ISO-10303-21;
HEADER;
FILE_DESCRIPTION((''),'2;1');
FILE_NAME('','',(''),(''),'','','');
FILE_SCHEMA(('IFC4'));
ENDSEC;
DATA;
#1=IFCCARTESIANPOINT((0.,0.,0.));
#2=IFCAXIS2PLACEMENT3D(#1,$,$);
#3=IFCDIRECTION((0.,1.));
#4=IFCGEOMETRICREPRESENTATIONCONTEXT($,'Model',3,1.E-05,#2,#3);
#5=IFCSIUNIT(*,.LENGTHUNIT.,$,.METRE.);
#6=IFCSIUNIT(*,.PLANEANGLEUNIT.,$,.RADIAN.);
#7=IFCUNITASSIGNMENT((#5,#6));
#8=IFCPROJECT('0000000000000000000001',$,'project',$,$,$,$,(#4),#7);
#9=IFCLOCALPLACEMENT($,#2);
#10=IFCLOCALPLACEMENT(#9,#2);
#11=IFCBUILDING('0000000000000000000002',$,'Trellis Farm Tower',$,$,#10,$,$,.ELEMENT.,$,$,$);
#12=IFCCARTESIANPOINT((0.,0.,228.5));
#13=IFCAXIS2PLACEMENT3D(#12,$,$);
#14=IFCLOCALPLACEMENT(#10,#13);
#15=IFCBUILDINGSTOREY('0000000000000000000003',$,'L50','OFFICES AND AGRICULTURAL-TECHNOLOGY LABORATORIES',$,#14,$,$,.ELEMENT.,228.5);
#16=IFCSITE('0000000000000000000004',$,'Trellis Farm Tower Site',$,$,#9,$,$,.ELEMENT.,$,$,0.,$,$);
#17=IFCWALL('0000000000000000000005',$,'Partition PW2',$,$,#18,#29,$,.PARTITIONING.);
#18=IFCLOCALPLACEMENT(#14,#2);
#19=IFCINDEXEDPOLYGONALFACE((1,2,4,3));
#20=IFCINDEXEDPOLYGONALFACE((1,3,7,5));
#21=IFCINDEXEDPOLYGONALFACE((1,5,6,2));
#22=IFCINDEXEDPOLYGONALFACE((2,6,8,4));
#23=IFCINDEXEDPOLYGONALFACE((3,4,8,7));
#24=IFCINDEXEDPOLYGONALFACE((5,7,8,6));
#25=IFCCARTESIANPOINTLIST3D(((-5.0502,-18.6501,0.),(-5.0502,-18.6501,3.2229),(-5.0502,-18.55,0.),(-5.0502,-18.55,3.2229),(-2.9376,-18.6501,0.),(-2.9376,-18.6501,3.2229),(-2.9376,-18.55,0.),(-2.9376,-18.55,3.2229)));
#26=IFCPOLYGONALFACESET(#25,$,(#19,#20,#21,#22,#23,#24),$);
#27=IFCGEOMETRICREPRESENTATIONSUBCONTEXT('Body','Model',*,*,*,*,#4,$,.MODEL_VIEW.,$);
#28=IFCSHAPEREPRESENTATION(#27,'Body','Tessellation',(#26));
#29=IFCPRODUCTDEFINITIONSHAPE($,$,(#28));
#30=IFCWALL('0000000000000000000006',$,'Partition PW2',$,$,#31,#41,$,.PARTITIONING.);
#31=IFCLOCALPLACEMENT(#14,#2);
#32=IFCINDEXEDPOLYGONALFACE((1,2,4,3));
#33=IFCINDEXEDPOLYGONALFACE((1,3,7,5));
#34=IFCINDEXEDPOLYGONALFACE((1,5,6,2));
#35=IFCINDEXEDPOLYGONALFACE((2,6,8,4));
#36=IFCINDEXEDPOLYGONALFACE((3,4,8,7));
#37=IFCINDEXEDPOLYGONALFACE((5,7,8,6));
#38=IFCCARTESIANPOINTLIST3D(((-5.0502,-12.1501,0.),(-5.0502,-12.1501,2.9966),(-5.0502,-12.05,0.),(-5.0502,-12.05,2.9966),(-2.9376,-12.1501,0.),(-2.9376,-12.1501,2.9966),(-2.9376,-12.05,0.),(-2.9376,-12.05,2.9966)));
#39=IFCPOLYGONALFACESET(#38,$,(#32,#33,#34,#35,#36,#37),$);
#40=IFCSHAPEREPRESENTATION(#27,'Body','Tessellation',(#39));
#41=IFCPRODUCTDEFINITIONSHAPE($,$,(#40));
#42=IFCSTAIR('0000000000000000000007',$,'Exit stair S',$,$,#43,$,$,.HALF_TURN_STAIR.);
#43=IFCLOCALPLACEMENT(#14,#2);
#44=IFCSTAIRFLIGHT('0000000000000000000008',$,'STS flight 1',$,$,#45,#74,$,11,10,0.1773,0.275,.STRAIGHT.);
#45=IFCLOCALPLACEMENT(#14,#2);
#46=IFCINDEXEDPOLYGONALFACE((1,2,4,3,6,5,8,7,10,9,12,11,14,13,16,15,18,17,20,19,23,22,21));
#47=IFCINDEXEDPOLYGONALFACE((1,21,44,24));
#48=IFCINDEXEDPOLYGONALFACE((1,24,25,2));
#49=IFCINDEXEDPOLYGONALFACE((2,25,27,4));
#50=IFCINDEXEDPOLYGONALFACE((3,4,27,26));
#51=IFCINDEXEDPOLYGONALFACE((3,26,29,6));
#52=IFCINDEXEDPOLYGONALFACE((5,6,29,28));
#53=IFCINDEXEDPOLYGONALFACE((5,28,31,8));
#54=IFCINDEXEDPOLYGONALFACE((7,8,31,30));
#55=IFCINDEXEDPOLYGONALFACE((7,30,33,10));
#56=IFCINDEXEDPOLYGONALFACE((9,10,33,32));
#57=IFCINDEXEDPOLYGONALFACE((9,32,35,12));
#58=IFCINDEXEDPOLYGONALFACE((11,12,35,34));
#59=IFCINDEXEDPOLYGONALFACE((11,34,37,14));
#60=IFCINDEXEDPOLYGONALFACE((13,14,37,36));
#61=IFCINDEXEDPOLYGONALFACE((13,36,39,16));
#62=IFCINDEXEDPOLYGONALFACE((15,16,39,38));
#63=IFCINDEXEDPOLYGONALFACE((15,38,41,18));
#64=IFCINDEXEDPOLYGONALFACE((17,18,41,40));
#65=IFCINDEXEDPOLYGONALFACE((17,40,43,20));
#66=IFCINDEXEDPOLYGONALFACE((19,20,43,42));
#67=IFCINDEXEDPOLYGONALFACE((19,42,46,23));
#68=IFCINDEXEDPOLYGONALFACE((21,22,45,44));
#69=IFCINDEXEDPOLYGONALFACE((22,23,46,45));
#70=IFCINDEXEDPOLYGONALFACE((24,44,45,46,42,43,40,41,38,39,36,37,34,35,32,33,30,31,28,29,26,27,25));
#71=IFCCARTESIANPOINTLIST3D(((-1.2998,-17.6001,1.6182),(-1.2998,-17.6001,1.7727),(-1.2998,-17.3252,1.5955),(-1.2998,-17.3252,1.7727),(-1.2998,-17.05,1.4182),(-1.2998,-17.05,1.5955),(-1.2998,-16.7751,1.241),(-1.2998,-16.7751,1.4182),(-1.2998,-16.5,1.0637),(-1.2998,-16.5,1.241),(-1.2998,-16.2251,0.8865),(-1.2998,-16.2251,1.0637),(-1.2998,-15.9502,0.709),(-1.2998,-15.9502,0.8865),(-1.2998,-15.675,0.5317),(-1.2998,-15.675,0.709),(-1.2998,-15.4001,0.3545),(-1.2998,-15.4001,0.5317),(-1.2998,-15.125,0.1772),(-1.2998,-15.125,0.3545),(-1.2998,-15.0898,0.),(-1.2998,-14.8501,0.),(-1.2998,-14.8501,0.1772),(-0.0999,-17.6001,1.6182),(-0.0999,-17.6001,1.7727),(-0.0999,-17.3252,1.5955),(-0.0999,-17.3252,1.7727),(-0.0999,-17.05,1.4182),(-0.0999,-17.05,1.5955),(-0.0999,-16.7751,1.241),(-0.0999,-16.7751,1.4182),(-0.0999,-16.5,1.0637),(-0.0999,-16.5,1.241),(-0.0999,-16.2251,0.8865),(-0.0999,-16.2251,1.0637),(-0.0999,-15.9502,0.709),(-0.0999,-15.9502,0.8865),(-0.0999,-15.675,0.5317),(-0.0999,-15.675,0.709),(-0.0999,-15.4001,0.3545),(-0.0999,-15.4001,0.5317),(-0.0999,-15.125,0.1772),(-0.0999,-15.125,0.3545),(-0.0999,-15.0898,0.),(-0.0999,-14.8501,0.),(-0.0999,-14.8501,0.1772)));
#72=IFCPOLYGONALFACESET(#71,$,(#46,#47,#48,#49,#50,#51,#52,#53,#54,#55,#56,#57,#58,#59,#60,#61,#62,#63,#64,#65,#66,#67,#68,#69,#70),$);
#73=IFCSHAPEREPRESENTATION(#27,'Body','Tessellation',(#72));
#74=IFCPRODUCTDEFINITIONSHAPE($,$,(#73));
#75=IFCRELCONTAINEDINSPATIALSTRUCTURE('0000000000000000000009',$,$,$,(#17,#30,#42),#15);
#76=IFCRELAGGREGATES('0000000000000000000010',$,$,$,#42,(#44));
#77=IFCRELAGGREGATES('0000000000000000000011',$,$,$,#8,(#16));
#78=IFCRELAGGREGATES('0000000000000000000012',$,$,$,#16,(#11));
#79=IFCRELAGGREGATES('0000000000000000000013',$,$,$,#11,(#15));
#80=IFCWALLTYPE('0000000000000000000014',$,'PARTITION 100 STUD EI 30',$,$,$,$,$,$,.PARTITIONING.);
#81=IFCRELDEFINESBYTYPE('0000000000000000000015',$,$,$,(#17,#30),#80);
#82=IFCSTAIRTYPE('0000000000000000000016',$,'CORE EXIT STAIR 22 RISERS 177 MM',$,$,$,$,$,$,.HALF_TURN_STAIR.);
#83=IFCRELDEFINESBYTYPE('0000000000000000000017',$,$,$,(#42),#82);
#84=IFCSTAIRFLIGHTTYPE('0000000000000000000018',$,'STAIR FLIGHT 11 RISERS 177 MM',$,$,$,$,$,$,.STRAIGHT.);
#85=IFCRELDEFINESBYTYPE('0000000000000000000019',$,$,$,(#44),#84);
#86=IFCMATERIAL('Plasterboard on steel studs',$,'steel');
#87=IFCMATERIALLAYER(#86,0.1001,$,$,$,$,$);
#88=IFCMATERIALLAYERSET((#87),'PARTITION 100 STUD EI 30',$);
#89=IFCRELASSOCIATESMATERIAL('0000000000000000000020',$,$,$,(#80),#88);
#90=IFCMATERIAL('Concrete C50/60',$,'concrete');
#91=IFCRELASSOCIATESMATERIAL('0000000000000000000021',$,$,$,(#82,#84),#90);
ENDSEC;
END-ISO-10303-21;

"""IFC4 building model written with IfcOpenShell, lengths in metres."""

from ifc_helpers import new_model, si_unit, direction, frame, frame_2d, origin, place, context, subcontext, project, spatial, polyline, rectangle, outline, extrude, source, transform, mapped, material, layer, layer_set, type_object, element, aggregate, save


model = new_model("IFC4")

# Units and contexts
model_context = context("Model", 3, precision=1e-05, world=origin(), true_north=direction((0.0, 1.0)))
body_context = subcontext(model_context, "Body", "Model", "MODEL_VIEW")
ifc_project = project(units=[si_unit("LENGTHUNIT", "METRE"), si_unit("PLANEANGLEUNIT", "RADIAN")], contexts=[model_context])

# Site, building, storey
site_placement = place(None, origin())
site = spatial("IfcSite", under=ifc_project, at=site_placement, Name="Trellis Farm Tower Site", CompositionType="ELEMENT", RefElevation=0.0)
building_placement = place(site_placement, origin())
building = spatial("IfcBuilding", under=site, at=building_placement, Name="Trellis Farm Tower", CompositionType="ELEMENT")
storey_placement = place(building_placement, frame((0.0, 0.0, 228.5)))
storey = spatial("IfcBuildingStorey", under=building, at=storey_placement, Name="L50", Description="OFFICES AND AGRICULTURAL-TECHNOLOGY LABORATORIES", CompositionType="ELEMENT", Elevation=228.5)

# Shared definitions
placement = place(storey_placement, origin())

# Walls
ifc_material_1 = material(Name="Plasterboard on steel studs", Category="steel")
ifc_layer_1 = layer(ifc_material_1, 0.1001)
ifc_layer_set_1 = layer_set([ifc_layer_1], Name="PARTITION 100 STUD EI 30")
wall_type_1 = type_object("IfcWallType", Name="PARTITION 100 STUD EI 30", PredefinedType="PARTITIONING", material=ifc_layer_set_1)
shared_shape_1 = source(origin(), body_context, "Body", "SweptSolid", [
    extrude(rectangle(XDim=2.1125, YDim=0.1001, at=frame_2d((1.0562, 0.0))), origin(), (0.0, 0.0, 1.0), 3.2229),
])
wall_1_placement = place(storey_placement, frame((-5.05, -18.6001, 0.0), z_axis=(0.0, 0.0, 1.0), x_axis=(1.0, 0.0, 0.0)))
element("IfcWall", 1, at=wall_1_placement, inside=storey, type_object=wall_type_1, Name="Partition PW2", PredefinedType="PARTITIONING", context=body_context, shape_type="MappedRepresentation", body=[
    mapped(shared_shape_1, transform((0.0, 0.0, 0.0))),
])
shared_shape_2 = source(origin(), body_context, "Body", "SweptSolid", [
    extrude(rectangle(XDim=2.1125, YDim=0.1001, at=frame_2d((1.0562, 0.0))), origin(), (0.0, 0.0, 1.0), 2.9966),
])
wall_2_placement = place(storey_placement, frame((-5.05, -12.1001, 0.0), z_axis=(0.0, 0.0, 1.0), x_axis=(1.0, 0.0, 0.0)))
element("IfcWall", 2, at=wall_2_placement, inside=storey, type_object=wall_type_1, Name="Partition PW2", PredefinedType="PARTITIONING", context=body_context, shape_type="MappedRepresentation", body=[
    mapped(shared_shape_2, transform((0.0, 0.0, 0.0))),
])

# Stair, stair flight
ifc_material_2 = material(Name="Concrete C50/60", Category="concrete")
stair_type = type_object("IfcStairType", Name="CORE EXIT STAIR 22 RISERS 177 MM", PredefinedType="HALF_TURN_STAIR", material=ifc_material_2)
stair = element("IfcStair", 3, at=placement, inside=storey, type_object=stair_type, Name="Exit stair S", PredefinedType="HALF_TURN_STAIR")
stair_flight_type = type_object("IfcStairFlightType", Name="STAIR FLIGHT 11 RISERS 177 MM", PredefinedType="STRAIGHT", material=ifc_material_2)
shared_shape_3 = source(origin(), body_context, "Body", "SweptSolid", [
    extrude(outline(polyline([(0.0, 0.0), (0.0, 0.1772), (0.2749, 0.1772), (0.2749, 0.3545), (0.55, 0.3545), (0.55, 0.5317), (0.825, 0.5317), (0.825, 0.709), (1.1001, 0.709), (1.1001, 0.8865), (1.375, 0.8865), (1.375, 1.0637), (1.6499, 1.0637), (1.6499, 1.241), (1.925, 1.241), (1.925, 1.4182), (2.2, 1.4182), (2.2, 1.5955), (2.4751, 1.5955), (2.4751, 1.7727), (2.75, 1.7727), (2.75, 1.95), (2.75, 1.6182), (0.2397, 0.0), (0.0, 0.0)])), frame((0.0, 0.6001, 0.0), z_axis=(0.0, -1.0, 0.0), x_axis=(1.0, 0.0, 0.0)), (0.0, 0.0, 1.0), 1.2),
])
stair_flight_placement = place(storey_placement, frame((-0.7, -14.8501, 0.0), z_axis=(0.0, 0.0, 1.0), x_axis=(0.0, -1.0, 0.0)))
stair_flight = element("IfcStairFlight", 4, at=stair_flight_placement, type_object=stair_flight_type, Name="STS flight 1", NumberOfRisers=11, NumberOfTreads=10, PredefinedType="STRAIGHT", RiserHeight=0.1773, TreadLength=0.275, context=body_context, shape_type="MappedRepresentation", body=[
    mapped(shared_shape_3, transform((0.0, 0.0, 0.0))),
])
aggregate(stair, [stair_flight])

save(model, "model.ifc")
